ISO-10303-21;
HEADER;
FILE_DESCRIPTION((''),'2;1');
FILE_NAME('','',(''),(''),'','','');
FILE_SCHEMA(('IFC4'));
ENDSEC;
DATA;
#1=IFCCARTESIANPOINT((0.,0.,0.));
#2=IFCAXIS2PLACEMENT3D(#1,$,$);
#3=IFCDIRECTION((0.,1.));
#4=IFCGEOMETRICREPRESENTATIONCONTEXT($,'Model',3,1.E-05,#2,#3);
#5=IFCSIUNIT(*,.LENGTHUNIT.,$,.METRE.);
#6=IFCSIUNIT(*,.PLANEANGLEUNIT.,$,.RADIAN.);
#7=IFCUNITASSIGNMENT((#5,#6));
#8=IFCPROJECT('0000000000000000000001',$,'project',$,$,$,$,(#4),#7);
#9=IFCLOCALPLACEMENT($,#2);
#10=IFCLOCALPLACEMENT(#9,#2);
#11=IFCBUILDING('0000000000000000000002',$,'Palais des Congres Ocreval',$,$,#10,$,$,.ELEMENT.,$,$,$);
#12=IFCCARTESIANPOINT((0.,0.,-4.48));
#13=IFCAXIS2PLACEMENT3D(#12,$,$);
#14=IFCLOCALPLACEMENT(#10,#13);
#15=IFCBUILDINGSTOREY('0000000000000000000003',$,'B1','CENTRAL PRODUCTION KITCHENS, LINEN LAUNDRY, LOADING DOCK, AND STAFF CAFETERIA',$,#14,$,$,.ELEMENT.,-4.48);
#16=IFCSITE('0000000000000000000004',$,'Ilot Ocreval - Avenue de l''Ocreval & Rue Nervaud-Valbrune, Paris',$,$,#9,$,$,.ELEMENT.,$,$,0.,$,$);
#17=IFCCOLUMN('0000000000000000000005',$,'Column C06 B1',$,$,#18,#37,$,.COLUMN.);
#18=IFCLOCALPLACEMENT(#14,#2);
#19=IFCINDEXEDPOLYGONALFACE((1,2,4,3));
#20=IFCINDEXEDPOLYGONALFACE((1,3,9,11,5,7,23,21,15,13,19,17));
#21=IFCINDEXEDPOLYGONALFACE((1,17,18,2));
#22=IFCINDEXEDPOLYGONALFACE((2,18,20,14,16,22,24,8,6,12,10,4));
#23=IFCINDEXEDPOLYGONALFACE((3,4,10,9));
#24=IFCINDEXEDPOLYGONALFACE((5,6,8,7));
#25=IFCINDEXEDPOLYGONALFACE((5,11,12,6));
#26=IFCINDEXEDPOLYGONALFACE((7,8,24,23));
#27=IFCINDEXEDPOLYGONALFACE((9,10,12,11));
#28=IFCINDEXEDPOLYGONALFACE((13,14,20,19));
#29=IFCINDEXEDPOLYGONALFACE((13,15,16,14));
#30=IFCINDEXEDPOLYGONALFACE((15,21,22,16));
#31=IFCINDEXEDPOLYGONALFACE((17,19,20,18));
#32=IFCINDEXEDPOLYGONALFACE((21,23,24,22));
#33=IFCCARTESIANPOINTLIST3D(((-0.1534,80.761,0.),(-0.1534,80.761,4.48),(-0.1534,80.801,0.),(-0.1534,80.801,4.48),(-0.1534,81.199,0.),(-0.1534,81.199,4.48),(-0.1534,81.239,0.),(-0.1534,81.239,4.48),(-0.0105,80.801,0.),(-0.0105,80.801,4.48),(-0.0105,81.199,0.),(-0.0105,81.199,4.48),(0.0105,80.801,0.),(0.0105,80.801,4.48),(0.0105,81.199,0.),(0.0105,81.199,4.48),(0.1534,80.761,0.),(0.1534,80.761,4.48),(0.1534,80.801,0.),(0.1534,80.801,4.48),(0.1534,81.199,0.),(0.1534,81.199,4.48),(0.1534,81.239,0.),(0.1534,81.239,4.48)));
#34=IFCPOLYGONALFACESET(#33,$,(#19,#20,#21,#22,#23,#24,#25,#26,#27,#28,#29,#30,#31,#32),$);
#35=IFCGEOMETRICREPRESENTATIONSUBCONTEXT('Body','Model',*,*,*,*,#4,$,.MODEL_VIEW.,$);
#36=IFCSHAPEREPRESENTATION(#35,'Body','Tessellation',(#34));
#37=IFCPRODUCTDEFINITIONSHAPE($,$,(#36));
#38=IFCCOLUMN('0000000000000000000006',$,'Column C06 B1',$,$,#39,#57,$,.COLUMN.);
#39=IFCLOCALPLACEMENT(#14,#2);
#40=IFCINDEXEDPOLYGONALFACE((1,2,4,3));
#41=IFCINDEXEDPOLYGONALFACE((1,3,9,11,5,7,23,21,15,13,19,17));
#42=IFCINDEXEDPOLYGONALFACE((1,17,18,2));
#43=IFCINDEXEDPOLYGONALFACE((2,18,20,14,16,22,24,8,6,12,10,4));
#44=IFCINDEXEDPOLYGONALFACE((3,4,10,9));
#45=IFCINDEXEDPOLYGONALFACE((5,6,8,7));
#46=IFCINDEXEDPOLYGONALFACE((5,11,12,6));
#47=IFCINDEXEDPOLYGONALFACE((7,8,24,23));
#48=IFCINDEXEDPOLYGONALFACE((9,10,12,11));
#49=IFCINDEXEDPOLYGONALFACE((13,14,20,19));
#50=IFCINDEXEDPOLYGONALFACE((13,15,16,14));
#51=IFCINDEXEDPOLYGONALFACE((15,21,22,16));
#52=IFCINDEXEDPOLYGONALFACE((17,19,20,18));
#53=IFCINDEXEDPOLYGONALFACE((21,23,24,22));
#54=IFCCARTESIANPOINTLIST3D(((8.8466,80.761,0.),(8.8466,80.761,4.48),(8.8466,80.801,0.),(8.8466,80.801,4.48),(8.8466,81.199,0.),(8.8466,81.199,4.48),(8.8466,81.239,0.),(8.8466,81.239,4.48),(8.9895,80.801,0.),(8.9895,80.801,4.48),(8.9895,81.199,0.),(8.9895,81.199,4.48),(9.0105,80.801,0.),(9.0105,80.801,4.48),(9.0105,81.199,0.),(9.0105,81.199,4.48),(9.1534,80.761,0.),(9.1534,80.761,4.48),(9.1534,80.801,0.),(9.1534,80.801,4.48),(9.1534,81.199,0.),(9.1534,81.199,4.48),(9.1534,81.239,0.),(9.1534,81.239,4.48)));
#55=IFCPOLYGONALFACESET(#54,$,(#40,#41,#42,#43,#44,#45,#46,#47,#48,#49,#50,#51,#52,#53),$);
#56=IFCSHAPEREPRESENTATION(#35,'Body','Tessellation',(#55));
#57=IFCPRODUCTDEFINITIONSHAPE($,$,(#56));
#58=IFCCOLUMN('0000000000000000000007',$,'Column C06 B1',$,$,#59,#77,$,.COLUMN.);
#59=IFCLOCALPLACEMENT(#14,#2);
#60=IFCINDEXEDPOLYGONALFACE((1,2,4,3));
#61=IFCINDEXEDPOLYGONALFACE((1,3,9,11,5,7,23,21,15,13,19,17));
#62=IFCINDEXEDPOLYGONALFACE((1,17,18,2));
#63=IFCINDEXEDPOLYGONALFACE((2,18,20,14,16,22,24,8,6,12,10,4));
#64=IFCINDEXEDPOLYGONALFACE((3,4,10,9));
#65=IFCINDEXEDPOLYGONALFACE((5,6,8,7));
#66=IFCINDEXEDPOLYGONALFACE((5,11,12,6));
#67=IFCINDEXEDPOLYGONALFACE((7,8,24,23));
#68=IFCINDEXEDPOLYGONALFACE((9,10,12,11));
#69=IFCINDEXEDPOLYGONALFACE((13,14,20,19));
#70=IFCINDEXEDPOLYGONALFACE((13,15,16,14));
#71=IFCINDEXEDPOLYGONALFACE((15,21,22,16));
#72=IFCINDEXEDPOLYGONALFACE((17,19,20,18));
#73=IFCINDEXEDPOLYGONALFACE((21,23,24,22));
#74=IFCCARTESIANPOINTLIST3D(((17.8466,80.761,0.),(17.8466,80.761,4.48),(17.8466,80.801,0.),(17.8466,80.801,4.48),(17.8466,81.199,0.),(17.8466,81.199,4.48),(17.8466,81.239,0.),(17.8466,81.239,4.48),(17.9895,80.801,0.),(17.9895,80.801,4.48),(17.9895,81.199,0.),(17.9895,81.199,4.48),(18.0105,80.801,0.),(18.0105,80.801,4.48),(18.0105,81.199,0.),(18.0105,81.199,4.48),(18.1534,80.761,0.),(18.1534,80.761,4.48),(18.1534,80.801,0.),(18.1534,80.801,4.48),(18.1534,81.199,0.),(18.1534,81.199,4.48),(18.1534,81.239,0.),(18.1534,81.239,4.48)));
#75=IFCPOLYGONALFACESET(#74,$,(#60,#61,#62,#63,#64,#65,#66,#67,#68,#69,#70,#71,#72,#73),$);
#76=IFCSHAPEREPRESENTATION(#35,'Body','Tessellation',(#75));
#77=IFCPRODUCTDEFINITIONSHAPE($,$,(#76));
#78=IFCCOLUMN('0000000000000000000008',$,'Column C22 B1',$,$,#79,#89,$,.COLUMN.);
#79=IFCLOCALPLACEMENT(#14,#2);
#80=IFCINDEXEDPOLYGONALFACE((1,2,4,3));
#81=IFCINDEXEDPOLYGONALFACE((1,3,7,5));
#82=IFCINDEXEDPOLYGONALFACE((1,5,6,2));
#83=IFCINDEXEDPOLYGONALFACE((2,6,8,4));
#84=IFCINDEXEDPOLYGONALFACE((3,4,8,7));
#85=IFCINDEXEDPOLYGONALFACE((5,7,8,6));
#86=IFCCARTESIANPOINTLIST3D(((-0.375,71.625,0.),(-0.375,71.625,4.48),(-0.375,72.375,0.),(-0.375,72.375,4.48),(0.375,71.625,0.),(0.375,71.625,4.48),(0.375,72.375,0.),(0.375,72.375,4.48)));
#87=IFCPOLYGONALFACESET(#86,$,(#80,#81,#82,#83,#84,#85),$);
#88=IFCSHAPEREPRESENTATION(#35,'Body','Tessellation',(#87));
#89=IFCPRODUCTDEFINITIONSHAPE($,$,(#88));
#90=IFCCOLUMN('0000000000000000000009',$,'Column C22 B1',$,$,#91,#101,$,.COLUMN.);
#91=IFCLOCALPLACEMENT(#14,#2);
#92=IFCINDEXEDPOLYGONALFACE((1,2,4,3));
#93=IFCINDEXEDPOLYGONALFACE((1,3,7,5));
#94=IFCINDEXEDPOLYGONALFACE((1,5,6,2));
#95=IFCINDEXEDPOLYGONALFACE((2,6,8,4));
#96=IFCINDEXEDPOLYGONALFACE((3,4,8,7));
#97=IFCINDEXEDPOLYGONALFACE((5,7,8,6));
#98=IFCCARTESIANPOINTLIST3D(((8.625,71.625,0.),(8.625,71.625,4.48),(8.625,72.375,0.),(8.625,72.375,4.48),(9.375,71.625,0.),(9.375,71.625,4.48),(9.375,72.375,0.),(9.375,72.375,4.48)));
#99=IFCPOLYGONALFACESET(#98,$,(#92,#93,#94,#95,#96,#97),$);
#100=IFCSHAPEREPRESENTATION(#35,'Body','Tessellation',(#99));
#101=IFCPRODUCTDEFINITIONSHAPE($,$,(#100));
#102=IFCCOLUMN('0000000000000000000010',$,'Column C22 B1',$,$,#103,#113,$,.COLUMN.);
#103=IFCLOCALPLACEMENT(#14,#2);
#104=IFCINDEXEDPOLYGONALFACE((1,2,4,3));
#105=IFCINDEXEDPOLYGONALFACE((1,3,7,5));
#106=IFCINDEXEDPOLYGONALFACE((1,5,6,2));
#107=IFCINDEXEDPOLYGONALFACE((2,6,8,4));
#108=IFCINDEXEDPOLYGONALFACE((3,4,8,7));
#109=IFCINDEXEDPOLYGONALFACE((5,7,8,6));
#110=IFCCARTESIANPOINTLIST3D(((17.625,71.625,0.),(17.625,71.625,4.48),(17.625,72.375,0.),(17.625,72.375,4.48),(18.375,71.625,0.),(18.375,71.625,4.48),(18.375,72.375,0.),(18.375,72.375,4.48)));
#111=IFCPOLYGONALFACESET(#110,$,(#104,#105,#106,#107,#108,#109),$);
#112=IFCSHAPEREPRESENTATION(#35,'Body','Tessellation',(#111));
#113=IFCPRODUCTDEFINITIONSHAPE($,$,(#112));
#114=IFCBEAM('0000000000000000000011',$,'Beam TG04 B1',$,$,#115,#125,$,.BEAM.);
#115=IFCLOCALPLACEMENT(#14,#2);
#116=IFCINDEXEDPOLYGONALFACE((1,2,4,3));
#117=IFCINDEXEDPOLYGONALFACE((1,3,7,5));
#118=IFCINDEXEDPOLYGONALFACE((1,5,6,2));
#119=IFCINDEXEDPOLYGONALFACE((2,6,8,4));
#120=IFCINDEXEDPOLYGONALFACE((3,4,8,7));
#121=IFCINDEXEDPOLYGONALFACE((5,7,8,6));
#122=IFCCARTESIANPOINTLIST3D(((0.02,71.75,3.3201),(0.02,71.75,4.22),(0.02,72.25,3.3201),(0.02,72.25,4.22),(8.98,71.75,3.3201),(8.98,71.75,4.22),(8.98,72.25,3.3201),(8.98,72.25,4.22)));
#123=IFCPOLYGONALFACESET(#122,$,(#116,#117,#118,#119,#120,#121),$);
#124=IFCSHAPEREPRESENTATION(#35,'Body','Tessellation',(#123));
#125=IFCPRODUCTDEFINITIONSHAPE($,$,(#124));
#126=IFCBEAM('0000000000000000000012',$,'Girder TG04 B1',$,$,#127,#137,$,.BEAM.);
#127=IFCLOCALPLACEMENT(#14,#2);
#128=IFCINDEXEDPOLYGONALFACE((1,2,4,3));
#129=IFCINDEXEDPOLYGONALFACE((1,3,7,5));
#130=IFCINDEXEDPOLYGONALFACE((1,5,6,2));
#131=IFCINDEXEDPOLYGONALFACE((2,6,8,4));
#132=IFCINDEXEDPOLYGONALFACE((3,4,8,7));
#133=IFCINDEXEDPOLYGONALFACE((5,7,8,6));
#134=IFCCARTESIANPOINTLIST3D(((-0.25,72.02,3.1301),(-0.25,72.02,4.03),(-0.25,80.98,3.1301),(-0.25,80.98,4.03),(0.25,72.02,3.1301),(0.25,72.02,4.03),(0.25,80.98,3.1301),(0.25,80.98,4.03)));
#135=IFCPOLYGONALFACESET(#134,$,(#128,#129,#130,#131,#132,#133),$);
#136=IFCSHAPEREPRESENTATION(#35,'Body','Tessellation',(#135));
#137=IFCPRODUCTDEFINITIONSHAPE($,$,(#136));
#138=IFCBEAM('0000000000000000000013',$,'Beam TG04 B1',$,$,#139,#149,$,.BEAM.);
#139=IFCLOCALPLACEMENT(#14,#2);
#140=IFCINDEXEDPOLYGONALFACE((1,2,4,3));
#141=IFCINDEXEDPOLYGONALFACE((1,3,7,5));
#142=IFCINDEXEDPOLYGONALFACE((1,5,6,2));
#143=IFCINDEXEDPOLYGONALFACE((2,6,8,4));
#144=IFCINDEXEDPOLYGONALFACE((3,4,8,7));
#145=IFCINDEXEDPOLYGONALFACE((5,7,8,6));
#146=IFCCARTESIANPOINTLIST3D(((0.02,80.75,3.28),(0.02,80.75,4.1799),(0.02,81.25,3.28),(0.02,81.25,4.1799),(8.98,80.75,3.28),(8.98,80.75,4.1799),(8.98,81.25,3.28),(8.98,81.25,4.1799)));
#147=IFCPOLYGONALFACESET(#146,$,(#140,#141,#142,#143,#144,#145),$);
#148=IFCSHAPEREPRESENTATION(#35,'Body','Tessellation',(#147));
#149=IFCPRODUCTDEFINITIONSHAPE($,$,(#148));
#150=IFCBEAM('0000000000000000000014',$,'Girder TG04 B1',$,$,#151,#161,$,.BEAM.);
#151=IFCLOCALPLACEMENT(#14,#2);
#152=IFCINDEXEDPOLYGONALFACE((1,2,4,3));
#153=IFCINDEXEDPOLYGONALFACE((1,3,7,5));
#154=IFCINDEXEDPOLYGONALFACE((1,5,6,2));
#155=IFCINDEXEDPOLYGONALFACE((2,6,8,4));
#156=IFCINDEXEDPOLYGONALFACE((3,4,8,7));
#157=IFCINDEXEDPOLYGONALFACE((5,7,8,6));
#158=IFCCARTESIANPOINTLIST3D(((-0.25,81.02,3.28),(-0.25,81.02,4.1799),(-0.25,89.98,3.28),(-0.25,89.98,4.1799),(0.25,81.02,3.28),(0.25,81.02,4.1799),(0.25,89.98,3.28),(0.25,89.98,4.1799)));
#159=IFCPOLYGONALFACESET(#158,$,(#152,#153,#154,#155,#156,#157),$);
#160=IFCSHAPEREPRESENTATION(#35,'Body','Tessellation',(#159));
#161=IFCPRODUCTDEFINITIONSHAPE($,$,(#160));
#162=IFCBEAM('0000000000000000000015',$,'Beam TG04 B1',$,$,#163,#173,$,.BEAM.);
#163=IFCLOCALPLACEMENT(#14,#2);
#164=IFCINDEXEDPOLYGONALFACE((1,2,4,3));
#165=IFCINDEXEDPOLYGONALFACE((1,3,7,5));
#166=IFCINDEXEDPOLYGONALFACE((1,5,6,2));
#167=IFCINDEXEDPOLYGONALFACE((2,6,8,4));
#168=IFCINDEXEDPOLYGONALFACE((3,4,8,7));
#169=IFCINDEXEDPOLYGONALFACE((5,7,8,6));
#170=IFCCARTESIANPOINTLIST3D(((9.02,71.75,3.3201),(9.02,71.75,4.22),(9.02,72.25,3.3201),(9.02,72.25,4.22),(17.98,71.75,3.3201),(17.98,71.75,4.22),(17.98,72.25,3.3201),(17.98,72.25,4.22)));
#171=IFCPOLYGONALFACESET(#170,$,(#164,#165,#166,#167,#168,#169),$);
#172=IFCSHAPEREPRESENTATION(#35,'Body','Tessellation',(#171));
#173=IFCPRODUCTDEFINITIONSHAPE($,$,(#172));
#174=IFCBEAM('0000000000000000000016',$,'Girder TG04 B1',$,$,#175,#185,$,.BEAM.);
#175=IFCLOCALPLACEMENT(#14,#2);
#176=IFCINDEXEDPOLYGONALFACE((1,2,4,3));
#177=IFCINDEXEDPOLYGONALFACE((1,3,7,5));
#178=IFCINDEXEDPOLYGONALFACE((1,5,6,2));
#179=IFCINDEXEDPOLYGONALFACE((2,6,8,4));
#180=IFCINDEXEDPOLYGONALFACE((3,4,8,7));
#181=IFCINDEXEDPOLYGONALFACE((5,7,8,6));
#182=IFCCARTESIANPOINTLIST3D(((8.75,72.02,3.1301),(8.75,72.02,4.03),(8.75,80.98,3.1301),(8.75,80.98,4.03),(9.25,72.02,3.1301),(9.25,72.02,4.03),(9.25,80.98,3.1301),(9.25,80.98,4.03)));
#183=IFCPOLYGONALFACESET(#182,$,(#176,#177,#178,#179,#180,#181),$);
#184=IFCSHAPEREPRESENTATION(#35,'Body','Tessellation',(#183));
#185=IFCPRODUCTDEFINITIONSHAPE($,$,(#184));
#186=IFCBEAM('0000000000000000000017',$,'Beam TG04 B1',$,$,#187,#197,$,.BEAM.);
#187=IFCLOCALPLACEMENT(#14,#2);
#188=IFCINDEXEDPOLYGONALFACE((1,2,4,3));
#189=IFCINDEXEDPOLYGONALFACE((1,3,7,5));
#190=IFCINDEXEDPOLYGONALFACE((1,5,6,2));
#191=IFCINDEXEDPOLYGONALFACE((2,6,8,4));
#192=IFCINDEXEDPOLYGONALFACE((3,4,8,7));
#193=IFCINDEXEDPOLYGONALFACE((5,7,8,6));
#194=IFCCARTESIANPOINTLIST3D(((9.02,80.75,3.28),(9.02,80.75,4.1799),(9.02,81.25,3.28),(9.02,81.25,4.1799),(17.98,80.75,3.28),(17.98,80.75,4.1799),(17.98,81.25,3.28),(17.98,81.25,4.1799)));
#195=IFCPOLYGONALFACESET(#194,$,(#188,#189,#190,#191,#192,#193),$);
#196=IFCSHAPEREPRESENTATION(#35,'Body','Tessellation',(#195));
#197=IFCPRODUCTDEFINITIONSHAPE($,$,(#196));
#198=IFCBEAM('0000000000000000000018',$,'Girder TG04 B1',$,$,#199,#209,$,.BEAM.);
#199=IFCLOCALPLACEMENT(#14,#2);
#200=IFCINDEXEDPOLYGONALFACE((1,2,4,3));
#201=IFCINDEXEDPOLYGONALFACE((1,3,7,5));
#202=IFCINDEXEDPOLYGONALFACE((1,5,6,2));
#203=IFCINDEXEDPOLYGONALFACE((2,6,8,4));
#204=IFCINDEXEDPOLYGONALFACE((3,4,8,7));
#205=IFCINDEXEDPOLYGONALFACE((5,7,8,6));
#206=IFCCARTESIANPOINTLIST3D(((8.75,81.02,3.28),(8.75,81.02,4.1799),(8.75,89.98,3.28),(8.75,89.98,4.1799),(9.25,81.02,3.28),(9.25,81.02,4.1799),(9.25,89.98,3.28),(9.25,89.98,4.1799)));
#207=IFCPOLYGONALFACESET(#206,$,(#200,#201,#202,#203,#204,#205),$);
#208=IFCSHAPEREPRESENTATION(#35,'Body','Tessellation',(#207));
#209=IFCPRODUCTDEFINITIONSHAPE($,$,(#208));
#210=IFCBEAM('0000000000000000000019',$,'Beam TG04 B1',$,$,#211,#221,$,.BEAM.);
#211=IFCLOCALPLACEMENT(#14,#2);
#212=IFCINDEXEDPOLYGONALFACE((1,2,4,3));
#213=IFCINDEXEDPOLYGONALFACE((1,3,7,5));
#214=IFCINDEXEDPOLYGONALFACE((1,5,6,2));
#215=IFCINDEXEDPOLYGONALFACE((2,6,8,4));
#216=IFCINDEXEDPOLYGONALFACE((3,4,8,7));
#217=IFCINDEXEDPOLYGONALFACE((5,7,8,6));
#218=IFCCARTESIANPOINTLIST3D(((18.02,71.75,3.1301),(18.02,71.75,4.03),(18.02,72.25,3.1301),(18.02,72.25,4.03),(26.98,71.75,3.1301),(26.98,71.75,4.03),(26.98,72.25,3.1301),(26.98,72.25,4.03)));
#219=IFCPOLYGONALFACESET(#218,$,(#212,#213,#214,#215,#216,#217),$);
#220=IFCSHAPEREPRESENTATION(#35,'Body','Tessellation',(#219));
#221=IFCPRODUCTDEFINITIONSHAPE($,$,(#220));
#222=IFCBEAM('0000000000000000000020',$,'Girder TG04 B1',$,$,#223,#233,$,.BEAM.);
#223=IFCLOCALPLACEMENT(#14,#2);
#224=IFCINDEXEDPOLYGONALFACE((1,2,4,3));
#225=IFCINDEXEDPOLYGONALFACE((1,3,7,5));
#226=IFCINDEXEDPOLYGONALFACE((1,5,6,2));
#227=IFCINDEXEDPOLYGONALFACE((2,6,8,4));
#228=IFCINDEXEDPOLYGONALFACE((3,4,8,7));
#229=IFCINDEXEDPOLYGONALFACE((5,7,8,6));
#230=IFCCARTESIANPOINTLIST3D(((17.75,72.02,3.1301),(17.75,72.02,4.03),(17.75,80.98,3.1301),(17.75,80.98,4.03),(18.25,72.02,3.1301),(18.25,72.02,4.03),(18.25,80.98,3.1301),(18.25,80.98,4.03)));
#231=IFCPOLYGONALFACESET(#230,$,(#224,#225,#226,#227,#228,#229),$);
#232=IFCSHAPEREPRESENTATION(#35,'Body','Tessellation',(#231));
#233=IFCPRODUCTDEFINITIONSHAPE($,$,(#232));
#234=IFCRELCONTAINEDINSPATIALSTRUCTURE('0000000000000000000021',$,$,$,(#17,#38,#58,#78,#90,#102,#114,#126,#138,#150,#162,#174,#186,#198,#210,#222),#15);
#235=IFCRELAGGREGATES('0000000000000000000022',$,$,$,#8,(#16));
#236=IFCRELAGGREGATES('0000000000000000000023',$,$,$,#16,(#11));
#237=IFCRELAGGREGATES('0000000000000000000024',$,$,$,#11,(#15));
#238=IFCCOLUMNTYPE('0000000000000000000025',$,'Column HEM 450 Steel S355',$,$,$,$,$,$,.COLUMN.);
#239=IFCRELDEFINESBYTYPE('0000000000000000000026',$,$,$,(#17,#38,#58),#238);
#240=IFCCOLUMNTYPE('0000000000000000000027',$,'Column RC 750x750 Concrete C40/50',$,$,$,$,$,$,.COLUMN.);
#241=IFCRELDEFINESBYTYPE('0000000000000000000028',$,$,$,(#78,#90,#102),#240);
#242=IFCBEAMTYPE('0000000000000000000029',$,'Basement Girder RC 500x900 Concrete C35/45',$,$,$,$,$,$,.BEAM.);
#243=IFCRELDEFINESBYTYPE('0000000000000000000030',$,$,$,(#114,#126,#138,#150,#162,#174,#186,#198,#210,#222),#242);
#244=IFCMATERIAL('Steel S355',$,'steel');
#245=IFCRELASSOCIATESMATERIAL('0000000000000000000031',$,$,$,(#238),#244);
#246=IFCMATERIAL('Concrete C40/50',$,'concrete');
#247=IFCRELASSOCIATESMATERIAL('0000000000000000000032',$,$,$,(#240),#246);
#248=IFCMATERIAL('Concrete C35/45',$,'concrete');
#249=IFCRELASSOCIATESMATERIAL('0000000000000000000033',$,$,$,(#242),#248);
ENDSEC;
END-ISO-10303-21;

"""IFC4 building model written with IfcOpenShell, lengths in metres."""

from ifc_helpers import new_model, si_unit, direction, frame, origin, origin_2d, place, context, subcontext, project, spatial, rectangle, i_section, extrude, material, material_profile, profile_set, type_object, element, save


model = new_model("IFC4")

# Units and contexts
model_context = context("Model", 3, precision=1e-05, world=origin(), true_north=direction((0.0, 1.0)))
body_context = subcontext(model_context, "Body", "Model", "MODEL_VIEW")
ifc_project = project(units=[si_unit("LENGTHUNIT", "METRE"), si_unit("PLANEANGLEUNIT", "RADIAN")], contexts=[model_context])

# Site, building, storey
site_placement = place(None, origin())
site = spatial("IfcSite", under=ifc_project, at=site_placement, Name="Ilot Ocreval - Avenue de l'Ocreval & Rue Nervaud-Valbrune, Paris", CompositionType="ELEMENT", RefElevation=0.0)
building_placement = place(site_placement, origin())
building = spatial("IfcBuilding", under=site, at=building_placement, Name="Palais des Congres Ocreval", CompositionType="ELEMENT")
storey_placement = place(building_placement, frame((0.0, 0.0, -4.48)))
storey = spatial("IfcBuildingStorey", under=building, at=storey_placement, Name="B1", Description="CENTRAL PRODUCTION KITCHENS, LINEN LAUNDRY, LOADING DOCK, AND STAFF CAFETERIA", CompositionType="ELEMENT", Elevation=-4.48)

# Columns
ifc_material_1 = material(Name="Steel S355", Category="steel")
ifc_material_profile_1 = material_profile(ifc_material_1, i_section(OverallWidth=0.3069, OverallDepth=0.478, WebThickness=0.021, FlangeThickness=0.04, at=origin_2d()), Name="HEM 450")
ifc_profile_set_1 = profile_set([ifc_material_profile_1], Name="Steel S355")
column_type_1 = type_object("IfcColumnType", Name="Column HEM 450 Steel S355", PredefinedType="COLUMN", material=ifc_profile_set_1)
for number, where, z_axis, x_axis, name in (
    (1, (0.0, 81.0, 0.0), (0.0, 0.0, 1.0), (1.0, 0.0, 0.0), "Column C06 B1"),
    (2, (9.0, 81.0, 0.0), (0.0, 0.0, 1.0), (1.0, 0.0, 0.0), "Column C06 B1"),
    (3, (18.0, 81.0, 0.0), (0.0, 0.0, 1.0), (1.0, 0.0, 0.0), "Column C06 B1"),
):
    element("IfcColumn", number, at=place(storey_placement, frame(where, z_axis=z_axis, x_axis=x_axis)), inside=storey, type_object=column_type_1, Name=name, PredefinedType="COLUMN", context=body_context, shape_type="SweptSolid", body=[
        extrude(i_section(OverallWidth=0.3069, OverallDepth=0.478, WebThickness=0.021, FlangeThickness=0.04, at=origin_2d()), origin(), (0.0, 0.0, 1.0), 4.48),
    ])
ifc_material_2 = material(Name="Concrete C40/50", Category="concrete")
ifc_material_profile_2 = material_profile(ifc_material_2, rectangle(XDim=0.75, YDim=0.75, at=origin_2d()), Name="RC 750x750")
ifc_profile_set_2 = profile_set([ifc_material_profile_2], Name="Concrete C40/50")
column_type_2 = type_object("IfcColumnType", Name="Column RC 750x750 Concrete C40/50", PredefinedType="COLUMN", material=ifc_profile_set_2)
for number, where, z_axis, x_axis, name in (
    (4, (0.0, 72.0, 0.0), (0.0, 0.0, 1.0), (1.0, 0.0, 0.0), "Column C22 B1"),
    (5, (9.0, 72.0, 0.0), (0.0, 0.0, 1.0), (1.0, 0.0, 0.0), "Column C22 B1"),
    (6, (18.0, 72.0, 0.0), (0.0, 0.0, 1.0), (1.0, 0.0, 0.0), "Column C22 B1"),
):
    element("IfcColumn", number, at=place(storey_placement, frame(where, z_axis=z_axis, x_axis=x_axis)), inside=storey, type_object=column_type_2, Name=name, PredefinedType="COLUMN", context=body_context, shape_type="SweptSolid", body=[
        extrude(rectangle(XDim=0.75, YDim=0.75, at=origin_2d()), origin(), (0.0, 0.0, 1.0), 4.48),
    ])

# Beams
ifc_material_3 = material(Name="Concrete C35/45", Category="concrete")
ifc_material_profile_3 = material_profile(ifc_material_3, rectangle(XDim=0.5, YDim=0.8999, at=origin_2d()), Name="RC 500x900")
ifc_profile_set_3 = profile_set([ifc_material_profile_3], Name="Concrete C35/45")
beam_type = type_object("IfcBeamType", Name="Basement Girder RC 500x900 Concrete C35/45", PredefinedType="BEAM", material=ifc_profile_set_3)
for number, where, z_axis, x_axis, name in (
    (7, (0.02, 72.0, 3.77), (1.0, 0.0, 0.0), (0.0, 1.0, 0.0), "Beam TG04 B1"),
    (8, (0.0, 72.02, 3.5801), (0.0, 1.0, 0.0), (-1.0, 0.0, 0.0), "Girder TG04 B1"),
    (9, (0.02, 81.0, 3.73), (1.0, 0.0, 0.0), (0.0, 1.0, 0.0), "Beam TG04 B1"),
    (10, (0.0, 81.02, 3.73), (0.0, 1.0, 0.0), (-1.0, 0.0, 0.0), "Girder TG04 B1"),
    (11, (9.02, 72.0, 3.77), (1.0, 0.0, 0.0), (0.0, 1.0, 0.0), "Beam TG04 B1"),
    (12, (9.0, 72.02, 3.5801), (0.0, 1.0, 0.0), (-1.0, 0.0, 0.0), "Girder TG04 B1"),
    (13, (9.02, 81.0, 3.73), (1.0, 0.0, 0.0), (0.0, 1.0, 0.0), "Beam TG04 B1"),
    (14, (9.0, 81.02, 3.73), (0.0, 1.0, 0.0), (-1.0, 0.0, 0.0), "Girder TG04 B1"),
    (15, (18.02, 72.0, 3.5801), (1.0, 0.0, 0.0), (0.0, 1.0, 0.0), "Beam TG04 B1"),
    (16, (18.0, 72.02, 3.5801), (0.0, 1.0, 0.0), (-1.0, 0.0, 0.0), "Girder TG04 B1"),
):
    element("IfcBeam", number, at=place(storey_placement, frame(where, z_axis=z_axis, x_axis=x_axis)), inside=storey, type_object=beam_type, Name=name, PredefinedType="BEAM", context=body_context, shape_type="SweptSolid", body=[
        extrude(rectangle(XDim=0.5, YDim=0.8999, at=origin_2d()), origin(), (0.0, 0.0, 1.0), 8.96),
    ])

save(model, "model.ifc")
